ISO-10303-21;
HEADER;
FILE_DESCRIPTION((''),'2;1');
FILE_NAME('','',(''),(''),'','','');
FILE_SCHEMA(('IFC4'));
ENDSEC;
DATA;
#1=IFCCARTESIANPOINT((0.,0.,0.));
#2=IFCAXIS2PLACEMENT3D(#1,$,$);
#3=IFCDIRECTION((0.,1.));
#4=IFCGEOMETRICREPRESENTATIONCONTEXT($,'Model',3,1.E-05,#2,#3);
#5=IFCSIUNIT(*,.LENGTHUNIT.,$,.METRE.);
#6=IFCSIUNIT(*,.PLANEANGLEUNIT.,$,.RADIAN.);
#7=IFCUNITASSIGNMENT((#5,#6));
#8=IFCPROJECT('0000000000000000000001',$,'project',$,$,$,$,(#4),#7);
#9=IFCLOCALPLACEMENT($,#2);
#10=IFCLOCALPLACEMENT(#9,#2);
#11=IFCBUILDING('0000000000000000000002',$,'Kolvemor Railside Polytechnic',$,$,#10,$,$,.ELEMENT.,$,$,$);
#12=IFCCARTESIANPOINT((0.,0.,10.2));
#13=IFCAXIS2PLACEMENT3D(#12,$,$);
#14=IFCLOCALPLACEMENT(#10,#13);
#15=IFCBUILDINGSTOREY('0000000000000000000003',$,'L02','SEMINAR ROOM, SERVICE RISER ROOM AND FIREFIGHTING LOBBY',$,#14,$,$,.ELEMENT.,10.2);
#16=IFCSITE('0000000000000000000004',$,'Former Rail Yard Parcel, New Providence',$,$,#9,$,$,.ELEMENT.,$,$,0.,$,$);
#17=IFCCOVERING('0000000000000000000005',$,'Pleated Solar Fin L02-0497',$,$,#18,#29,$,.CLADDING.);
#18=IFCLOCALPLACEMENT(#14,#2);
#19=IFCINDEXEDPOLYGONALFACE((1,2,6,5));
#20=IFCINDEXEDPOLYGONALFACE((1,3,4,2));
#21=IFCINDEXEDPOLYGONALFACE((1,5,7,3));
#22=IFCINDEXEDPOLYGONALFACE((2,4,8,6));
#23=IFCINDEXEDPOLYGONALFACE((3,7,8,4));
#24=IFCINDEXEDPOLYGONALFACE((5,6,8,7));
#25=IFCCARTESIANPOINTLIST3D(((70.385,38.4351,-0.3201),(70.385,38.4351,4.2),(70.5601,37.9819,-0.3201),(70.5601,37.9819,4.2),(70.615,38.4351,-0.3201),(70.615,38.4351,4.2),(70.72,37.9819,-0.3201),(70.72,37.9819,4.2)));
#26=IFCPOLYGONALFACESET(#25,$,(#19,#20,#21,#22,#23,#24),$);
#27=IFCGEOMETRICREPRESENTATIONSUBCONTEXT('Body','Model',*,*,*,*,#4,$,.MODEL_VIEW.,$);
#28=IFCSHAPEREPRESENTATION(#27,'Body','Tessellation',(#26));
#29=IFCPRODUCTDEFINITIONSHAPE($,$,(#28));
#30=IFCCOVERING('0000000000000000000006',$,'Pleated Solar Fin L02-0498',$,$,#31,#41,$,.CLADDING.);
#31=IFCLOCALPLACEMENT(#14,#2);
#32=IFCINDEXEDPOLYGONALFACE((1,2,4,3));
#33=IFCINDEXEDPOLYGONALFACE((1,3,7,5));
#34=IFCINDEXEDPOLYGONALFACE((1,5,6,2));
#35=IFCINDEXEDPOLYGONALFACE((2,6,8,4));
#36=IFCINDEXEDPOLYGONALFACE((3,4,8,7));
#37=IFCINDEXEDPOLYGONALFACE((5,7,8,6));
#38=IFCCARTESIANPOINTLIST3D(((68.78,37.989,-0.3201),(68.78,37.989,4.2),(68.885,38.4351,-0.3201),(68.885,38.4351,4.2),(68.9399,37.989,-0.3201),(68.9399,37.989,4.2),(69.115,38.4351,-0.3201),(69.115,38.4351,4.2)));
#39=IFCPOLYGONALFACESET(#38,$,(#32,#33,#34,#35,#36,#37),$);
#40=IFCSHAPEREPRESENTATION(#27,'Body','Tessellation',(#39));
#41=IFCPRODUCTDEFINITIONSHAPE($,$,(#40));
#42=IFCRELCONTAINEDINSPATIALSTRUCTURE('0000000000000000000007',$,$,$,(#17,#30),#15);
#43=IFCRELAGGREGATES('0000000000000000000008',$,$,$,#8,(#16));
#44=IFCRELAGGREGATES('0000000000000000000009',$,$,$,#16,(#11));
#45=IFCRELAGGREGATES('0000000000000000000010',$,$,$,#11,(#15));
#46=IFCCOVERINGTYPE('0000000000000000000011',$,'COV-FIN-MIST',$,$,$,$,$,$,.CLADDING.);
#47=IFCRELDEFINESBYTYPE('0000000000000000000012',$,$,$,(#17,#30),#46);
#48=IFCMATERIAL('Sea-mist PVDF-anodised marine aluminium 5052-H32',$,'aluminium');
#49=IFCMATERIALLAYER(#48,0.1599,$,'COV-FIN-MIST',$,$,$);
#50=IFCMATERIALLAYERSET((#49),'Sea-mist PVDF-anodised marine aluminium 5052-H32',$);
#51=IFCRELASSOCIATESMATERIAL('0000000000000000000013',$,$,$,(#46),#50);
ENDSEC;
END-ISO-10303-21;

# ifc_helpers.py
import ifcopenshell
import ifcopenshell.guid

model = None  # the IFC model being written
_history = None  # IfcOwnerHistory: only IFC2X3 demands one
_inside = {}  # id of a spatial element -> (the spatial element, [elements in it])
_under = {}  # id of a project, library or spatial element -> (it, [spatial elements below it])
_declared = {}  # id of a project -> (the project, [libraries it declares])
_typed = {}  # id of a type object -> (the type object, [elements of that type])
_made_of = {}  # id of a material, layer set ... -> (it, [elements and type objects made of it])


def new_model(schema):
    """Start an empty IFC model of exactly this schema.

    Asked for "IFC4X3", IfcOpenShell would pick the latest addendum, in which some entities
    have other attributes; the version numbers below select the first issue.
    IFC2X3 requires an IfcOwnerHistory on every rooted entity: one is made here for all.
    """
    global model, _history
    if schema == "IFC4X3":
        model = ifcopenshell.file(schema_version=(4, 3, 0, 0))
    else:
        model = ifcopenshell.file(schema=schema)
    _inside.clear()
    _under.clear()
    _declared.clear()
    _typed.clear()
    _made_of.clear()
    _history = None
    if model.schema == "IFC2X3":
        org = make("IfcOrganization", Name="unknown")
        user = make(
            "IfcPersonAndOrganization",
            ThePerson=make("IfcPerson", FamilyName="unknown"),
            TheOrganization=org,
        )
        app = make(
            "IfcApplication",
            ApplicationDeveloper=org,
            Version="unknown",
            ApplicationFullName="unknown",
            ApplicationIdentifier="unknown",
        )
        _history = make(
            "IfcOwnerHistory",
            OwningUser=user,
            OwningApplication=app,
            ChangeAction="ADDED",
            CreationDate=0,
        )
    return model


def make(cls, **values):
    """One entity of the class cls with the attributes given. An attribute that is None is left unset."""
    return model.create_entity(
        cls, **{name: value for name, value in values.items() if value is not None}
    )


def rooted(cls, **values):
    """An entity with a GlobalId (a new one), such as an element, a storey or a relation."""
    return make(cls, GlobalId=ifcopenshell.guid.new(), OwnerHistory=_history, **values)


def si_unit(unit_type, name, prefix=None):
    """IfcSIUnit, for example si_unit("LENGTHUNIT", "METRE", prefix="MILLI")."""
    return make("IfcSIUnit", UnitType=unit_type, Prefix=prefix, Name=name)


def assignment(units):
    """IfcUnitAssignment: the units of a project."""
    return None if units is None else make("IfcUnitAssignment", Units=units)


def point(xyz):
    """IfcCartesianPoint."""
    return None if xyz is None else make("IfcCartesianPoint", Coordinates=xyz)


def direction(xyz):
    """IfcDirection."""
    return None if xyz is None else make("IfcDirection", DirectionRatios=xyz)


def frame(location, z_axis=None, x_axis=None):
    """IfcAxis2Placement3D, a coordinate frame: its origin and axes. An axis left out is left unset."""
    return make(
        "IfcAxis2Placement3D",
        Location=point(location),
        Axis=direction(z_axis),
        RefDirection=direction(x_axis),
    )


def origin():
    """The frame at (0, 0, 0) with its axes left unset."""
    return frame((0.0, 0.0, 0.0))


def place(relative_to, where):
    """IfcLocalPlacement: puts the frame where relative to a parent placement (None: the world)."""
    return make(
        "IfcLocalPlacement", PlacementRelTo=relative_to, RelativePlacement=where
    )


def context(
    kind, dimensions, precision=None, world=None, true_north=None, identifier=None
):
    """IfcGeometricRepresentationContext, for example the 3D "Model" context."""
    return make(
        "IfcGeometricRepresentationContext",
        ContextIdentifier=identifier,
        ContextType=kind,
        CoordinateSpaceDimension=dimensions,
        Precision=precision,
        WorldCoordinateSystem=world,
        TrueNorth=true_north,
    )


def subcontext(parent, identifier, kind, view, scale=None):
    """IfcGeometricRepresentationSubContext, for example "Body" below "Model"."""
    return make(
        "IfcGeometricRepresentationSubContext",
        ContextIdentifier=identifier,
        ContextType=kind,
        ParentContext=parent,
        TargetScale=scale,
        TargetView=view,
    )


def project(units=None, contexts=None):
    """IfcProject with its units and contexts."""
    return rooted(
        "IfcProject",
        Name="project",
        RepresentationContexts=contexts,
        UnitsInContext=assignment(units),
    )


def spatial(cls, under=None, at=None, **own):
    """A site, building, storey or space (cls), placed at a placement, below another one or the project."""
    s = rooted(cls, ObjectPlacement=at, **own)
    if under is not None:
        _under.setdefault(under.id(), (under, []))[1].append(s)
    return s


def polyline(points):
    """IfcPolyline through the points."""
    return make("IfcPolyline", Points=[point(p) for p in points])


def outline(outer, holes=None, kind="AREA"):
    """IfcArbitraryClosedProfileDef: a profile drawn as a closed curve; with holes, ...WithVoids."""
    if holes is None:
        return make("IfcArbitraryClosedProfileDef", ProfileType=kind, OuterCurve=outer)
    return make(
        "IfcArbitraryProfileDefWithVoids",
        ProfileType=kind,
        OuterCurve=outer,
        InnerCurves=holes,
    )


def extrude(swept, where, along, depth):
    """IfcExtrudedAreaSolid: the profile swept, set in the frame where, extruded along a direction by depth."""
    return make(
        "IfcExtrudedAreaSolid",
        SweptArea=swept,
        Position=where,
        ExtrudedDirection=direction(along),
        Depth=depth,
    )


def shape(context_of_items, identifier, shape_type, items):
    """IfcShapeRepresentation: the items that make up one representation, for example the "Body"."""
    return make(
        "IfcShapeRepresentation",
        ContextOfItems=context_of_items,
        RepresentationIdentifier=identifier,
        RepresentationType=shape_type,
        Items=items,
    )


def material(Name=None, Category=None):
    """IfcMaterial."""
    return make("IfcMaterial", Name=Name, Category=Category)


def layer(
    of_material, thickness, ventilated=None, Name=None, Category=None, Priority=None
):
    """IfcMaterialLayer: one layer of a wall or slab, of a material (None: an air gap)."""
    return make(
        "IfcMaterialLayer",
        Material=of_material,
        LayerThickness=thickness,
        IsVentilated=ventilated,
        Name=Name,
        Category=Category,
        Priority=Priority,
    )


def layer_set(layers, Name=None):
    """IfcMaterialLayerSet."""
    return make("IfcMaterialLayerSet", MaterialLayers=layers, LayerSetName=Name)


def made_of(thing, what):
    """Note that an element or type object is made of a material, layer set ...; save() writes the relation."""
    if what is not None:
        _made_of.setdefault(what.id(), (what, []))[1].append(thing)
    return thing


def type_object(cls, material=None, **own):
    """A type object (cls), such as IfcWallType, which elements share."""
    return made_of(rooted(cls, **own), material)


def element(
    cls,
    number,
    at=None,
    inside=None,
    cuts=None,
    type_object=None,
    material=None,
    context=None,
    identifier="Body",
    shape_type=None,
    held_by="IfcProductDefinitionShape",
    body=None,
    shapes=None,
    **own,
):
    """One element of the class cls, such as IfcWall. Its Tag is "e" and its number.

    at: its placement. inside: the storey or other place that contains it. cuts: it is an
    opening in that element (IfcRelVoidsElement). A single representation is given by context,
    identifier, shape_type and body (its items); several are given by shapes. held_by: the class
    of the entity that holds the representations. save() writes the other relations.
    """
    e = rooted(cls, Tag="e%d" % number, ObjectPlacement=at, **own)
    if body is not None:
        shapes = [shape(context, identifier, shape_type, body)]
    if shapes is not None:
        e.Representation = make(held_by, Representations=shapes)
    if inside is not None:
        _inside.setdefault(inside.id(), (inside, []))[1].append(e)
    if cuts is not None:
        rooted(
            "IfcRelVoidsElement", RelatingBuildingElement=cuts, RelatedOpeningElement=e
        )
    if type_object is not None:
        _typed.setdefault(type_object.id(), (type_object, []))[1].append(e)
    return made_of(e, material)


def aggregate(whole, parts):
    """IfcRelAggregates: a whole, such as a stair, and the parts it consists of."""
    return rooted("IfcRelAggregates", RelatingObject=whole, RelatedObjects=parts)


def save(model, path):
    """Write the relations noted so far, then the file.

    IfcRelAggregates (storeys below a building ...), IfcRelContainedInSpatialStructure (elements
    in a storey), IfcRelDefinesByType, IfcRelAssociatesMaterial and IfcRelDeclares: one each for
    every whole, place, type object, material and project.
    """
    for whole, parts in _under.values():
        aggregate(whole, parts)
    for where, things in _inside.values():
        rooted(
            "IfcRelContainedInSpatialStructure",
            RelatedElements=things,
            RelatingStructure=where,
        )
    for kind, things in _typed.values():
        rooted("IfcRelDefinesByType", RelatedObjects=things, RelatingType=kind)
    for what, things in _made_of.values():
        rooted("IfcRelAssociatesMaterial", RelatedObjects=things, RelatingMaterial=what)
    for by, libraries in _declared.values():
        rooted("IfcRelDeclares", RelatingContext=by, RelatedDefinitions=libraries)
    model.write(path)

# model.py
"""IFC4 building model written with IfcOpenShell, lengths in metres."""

from ifc_helpers import new_model, si_unit, direction, frame, origin, place, context, subcontext, project, spatial, polyline, outline, extrude, material, layer, layer_set, type_object, element, save


model = new_model("IFC4")

# Units and contexts
model_context = context("Model", 3, precision=1e-05, world=origin(), true_north=direction((0.0, 1.0)))
body_context = subcontext(model_context, "Body", "Model", "MODEL_VIEW")
ifc_project = project(units=[si_unit("LENGTHUNIT", "METRE"), si_unit("PLANEANGLEUNIT", "RADIAN")], contexts=[model_context])

# Site, building, storey
site_placement = place(None, origin())
site = spatial("IfcSite", under=ifc_project, at=site_placement, Name="Former Rail Yard Parcel, New Providence", CompositionType="ELEMENT", RefElevation=0.0)
building_placement = place(site_placement, origin())
building = spatial("IfcBuilding", under=site, at=building_placement, Name="Kolvemor Railside Polytechnic", CompositionType="ELEMENT")
storey_placement = place(building_placement, frame((0.0, 0.0, 10.2)))
storey = spatial("IfcBuildingStorey", under=building, at=storey_placement, Name="L02", Description="SEMINAR ROOM, SERVICE RISER ROOM AND FIREFIGHTING LOBBY", CompositionType="ELEMENT", Elevation=10.2)

# Coverings
ifc_material_1 = material(Name="Sea-mist PVDF-anodised marine aluminium 5052-H32", Category="aluminium")
ifc_layer_1 = layer(ifc_material_1, 0.1599, Name="COV-FIN-MIST")
ifc_layer_set_1 = layer_set([ifc_layer_1], Name="Sea-mist PVDF-anodised marine aluminium 5052-H32")
covering_type_1 = type_object("IfcCoveringType", Name="COV-FIN-MIST", PredefinedType="CLADDING", material=ifc_layer_set_1)
covering_1_placement = place(storey_placement, frame((0.0, 0.0, -0.3201)))
element("IfcCovering", 1, at=covering_1_placement, inside=storey, type_object=covering_type_1, Name="Pleated Solar Fin L02-0497", PredefinedType="CLADDING", context=body_context, shape_type="SweptSolid", body=[
    extrude(outline(polyline([(70.615, 38.4351), (70.385, 38.4351), (70.5601, 37.9819), (70.72, 37.9819), (70.615, 38.4351)])), origin(), (0.0, 0.0, 1.0), 4.52),
])
covering_2_placement = place(storey_placement, frame((0.0, 0.0, -0.3201)))
element("IfcCovering", 2, at=covering_2_placement, inside=storey, type_object=covering_type_1, Name="Pleated Solar Fin L02-0498", PredefinedType="CLADDING", context=body_context, shape_type="SweptSolid", body=[
    extrude(outline(polyline([(69.115, 38.4351), (68.885, 38.4351), (68.78, 37.989), (68.9399, 37.989), (69.115, 38.4351)])), origin(), (0.0, 0.0, 1.0), 4.52),
])

save(model, "model.ifc")
